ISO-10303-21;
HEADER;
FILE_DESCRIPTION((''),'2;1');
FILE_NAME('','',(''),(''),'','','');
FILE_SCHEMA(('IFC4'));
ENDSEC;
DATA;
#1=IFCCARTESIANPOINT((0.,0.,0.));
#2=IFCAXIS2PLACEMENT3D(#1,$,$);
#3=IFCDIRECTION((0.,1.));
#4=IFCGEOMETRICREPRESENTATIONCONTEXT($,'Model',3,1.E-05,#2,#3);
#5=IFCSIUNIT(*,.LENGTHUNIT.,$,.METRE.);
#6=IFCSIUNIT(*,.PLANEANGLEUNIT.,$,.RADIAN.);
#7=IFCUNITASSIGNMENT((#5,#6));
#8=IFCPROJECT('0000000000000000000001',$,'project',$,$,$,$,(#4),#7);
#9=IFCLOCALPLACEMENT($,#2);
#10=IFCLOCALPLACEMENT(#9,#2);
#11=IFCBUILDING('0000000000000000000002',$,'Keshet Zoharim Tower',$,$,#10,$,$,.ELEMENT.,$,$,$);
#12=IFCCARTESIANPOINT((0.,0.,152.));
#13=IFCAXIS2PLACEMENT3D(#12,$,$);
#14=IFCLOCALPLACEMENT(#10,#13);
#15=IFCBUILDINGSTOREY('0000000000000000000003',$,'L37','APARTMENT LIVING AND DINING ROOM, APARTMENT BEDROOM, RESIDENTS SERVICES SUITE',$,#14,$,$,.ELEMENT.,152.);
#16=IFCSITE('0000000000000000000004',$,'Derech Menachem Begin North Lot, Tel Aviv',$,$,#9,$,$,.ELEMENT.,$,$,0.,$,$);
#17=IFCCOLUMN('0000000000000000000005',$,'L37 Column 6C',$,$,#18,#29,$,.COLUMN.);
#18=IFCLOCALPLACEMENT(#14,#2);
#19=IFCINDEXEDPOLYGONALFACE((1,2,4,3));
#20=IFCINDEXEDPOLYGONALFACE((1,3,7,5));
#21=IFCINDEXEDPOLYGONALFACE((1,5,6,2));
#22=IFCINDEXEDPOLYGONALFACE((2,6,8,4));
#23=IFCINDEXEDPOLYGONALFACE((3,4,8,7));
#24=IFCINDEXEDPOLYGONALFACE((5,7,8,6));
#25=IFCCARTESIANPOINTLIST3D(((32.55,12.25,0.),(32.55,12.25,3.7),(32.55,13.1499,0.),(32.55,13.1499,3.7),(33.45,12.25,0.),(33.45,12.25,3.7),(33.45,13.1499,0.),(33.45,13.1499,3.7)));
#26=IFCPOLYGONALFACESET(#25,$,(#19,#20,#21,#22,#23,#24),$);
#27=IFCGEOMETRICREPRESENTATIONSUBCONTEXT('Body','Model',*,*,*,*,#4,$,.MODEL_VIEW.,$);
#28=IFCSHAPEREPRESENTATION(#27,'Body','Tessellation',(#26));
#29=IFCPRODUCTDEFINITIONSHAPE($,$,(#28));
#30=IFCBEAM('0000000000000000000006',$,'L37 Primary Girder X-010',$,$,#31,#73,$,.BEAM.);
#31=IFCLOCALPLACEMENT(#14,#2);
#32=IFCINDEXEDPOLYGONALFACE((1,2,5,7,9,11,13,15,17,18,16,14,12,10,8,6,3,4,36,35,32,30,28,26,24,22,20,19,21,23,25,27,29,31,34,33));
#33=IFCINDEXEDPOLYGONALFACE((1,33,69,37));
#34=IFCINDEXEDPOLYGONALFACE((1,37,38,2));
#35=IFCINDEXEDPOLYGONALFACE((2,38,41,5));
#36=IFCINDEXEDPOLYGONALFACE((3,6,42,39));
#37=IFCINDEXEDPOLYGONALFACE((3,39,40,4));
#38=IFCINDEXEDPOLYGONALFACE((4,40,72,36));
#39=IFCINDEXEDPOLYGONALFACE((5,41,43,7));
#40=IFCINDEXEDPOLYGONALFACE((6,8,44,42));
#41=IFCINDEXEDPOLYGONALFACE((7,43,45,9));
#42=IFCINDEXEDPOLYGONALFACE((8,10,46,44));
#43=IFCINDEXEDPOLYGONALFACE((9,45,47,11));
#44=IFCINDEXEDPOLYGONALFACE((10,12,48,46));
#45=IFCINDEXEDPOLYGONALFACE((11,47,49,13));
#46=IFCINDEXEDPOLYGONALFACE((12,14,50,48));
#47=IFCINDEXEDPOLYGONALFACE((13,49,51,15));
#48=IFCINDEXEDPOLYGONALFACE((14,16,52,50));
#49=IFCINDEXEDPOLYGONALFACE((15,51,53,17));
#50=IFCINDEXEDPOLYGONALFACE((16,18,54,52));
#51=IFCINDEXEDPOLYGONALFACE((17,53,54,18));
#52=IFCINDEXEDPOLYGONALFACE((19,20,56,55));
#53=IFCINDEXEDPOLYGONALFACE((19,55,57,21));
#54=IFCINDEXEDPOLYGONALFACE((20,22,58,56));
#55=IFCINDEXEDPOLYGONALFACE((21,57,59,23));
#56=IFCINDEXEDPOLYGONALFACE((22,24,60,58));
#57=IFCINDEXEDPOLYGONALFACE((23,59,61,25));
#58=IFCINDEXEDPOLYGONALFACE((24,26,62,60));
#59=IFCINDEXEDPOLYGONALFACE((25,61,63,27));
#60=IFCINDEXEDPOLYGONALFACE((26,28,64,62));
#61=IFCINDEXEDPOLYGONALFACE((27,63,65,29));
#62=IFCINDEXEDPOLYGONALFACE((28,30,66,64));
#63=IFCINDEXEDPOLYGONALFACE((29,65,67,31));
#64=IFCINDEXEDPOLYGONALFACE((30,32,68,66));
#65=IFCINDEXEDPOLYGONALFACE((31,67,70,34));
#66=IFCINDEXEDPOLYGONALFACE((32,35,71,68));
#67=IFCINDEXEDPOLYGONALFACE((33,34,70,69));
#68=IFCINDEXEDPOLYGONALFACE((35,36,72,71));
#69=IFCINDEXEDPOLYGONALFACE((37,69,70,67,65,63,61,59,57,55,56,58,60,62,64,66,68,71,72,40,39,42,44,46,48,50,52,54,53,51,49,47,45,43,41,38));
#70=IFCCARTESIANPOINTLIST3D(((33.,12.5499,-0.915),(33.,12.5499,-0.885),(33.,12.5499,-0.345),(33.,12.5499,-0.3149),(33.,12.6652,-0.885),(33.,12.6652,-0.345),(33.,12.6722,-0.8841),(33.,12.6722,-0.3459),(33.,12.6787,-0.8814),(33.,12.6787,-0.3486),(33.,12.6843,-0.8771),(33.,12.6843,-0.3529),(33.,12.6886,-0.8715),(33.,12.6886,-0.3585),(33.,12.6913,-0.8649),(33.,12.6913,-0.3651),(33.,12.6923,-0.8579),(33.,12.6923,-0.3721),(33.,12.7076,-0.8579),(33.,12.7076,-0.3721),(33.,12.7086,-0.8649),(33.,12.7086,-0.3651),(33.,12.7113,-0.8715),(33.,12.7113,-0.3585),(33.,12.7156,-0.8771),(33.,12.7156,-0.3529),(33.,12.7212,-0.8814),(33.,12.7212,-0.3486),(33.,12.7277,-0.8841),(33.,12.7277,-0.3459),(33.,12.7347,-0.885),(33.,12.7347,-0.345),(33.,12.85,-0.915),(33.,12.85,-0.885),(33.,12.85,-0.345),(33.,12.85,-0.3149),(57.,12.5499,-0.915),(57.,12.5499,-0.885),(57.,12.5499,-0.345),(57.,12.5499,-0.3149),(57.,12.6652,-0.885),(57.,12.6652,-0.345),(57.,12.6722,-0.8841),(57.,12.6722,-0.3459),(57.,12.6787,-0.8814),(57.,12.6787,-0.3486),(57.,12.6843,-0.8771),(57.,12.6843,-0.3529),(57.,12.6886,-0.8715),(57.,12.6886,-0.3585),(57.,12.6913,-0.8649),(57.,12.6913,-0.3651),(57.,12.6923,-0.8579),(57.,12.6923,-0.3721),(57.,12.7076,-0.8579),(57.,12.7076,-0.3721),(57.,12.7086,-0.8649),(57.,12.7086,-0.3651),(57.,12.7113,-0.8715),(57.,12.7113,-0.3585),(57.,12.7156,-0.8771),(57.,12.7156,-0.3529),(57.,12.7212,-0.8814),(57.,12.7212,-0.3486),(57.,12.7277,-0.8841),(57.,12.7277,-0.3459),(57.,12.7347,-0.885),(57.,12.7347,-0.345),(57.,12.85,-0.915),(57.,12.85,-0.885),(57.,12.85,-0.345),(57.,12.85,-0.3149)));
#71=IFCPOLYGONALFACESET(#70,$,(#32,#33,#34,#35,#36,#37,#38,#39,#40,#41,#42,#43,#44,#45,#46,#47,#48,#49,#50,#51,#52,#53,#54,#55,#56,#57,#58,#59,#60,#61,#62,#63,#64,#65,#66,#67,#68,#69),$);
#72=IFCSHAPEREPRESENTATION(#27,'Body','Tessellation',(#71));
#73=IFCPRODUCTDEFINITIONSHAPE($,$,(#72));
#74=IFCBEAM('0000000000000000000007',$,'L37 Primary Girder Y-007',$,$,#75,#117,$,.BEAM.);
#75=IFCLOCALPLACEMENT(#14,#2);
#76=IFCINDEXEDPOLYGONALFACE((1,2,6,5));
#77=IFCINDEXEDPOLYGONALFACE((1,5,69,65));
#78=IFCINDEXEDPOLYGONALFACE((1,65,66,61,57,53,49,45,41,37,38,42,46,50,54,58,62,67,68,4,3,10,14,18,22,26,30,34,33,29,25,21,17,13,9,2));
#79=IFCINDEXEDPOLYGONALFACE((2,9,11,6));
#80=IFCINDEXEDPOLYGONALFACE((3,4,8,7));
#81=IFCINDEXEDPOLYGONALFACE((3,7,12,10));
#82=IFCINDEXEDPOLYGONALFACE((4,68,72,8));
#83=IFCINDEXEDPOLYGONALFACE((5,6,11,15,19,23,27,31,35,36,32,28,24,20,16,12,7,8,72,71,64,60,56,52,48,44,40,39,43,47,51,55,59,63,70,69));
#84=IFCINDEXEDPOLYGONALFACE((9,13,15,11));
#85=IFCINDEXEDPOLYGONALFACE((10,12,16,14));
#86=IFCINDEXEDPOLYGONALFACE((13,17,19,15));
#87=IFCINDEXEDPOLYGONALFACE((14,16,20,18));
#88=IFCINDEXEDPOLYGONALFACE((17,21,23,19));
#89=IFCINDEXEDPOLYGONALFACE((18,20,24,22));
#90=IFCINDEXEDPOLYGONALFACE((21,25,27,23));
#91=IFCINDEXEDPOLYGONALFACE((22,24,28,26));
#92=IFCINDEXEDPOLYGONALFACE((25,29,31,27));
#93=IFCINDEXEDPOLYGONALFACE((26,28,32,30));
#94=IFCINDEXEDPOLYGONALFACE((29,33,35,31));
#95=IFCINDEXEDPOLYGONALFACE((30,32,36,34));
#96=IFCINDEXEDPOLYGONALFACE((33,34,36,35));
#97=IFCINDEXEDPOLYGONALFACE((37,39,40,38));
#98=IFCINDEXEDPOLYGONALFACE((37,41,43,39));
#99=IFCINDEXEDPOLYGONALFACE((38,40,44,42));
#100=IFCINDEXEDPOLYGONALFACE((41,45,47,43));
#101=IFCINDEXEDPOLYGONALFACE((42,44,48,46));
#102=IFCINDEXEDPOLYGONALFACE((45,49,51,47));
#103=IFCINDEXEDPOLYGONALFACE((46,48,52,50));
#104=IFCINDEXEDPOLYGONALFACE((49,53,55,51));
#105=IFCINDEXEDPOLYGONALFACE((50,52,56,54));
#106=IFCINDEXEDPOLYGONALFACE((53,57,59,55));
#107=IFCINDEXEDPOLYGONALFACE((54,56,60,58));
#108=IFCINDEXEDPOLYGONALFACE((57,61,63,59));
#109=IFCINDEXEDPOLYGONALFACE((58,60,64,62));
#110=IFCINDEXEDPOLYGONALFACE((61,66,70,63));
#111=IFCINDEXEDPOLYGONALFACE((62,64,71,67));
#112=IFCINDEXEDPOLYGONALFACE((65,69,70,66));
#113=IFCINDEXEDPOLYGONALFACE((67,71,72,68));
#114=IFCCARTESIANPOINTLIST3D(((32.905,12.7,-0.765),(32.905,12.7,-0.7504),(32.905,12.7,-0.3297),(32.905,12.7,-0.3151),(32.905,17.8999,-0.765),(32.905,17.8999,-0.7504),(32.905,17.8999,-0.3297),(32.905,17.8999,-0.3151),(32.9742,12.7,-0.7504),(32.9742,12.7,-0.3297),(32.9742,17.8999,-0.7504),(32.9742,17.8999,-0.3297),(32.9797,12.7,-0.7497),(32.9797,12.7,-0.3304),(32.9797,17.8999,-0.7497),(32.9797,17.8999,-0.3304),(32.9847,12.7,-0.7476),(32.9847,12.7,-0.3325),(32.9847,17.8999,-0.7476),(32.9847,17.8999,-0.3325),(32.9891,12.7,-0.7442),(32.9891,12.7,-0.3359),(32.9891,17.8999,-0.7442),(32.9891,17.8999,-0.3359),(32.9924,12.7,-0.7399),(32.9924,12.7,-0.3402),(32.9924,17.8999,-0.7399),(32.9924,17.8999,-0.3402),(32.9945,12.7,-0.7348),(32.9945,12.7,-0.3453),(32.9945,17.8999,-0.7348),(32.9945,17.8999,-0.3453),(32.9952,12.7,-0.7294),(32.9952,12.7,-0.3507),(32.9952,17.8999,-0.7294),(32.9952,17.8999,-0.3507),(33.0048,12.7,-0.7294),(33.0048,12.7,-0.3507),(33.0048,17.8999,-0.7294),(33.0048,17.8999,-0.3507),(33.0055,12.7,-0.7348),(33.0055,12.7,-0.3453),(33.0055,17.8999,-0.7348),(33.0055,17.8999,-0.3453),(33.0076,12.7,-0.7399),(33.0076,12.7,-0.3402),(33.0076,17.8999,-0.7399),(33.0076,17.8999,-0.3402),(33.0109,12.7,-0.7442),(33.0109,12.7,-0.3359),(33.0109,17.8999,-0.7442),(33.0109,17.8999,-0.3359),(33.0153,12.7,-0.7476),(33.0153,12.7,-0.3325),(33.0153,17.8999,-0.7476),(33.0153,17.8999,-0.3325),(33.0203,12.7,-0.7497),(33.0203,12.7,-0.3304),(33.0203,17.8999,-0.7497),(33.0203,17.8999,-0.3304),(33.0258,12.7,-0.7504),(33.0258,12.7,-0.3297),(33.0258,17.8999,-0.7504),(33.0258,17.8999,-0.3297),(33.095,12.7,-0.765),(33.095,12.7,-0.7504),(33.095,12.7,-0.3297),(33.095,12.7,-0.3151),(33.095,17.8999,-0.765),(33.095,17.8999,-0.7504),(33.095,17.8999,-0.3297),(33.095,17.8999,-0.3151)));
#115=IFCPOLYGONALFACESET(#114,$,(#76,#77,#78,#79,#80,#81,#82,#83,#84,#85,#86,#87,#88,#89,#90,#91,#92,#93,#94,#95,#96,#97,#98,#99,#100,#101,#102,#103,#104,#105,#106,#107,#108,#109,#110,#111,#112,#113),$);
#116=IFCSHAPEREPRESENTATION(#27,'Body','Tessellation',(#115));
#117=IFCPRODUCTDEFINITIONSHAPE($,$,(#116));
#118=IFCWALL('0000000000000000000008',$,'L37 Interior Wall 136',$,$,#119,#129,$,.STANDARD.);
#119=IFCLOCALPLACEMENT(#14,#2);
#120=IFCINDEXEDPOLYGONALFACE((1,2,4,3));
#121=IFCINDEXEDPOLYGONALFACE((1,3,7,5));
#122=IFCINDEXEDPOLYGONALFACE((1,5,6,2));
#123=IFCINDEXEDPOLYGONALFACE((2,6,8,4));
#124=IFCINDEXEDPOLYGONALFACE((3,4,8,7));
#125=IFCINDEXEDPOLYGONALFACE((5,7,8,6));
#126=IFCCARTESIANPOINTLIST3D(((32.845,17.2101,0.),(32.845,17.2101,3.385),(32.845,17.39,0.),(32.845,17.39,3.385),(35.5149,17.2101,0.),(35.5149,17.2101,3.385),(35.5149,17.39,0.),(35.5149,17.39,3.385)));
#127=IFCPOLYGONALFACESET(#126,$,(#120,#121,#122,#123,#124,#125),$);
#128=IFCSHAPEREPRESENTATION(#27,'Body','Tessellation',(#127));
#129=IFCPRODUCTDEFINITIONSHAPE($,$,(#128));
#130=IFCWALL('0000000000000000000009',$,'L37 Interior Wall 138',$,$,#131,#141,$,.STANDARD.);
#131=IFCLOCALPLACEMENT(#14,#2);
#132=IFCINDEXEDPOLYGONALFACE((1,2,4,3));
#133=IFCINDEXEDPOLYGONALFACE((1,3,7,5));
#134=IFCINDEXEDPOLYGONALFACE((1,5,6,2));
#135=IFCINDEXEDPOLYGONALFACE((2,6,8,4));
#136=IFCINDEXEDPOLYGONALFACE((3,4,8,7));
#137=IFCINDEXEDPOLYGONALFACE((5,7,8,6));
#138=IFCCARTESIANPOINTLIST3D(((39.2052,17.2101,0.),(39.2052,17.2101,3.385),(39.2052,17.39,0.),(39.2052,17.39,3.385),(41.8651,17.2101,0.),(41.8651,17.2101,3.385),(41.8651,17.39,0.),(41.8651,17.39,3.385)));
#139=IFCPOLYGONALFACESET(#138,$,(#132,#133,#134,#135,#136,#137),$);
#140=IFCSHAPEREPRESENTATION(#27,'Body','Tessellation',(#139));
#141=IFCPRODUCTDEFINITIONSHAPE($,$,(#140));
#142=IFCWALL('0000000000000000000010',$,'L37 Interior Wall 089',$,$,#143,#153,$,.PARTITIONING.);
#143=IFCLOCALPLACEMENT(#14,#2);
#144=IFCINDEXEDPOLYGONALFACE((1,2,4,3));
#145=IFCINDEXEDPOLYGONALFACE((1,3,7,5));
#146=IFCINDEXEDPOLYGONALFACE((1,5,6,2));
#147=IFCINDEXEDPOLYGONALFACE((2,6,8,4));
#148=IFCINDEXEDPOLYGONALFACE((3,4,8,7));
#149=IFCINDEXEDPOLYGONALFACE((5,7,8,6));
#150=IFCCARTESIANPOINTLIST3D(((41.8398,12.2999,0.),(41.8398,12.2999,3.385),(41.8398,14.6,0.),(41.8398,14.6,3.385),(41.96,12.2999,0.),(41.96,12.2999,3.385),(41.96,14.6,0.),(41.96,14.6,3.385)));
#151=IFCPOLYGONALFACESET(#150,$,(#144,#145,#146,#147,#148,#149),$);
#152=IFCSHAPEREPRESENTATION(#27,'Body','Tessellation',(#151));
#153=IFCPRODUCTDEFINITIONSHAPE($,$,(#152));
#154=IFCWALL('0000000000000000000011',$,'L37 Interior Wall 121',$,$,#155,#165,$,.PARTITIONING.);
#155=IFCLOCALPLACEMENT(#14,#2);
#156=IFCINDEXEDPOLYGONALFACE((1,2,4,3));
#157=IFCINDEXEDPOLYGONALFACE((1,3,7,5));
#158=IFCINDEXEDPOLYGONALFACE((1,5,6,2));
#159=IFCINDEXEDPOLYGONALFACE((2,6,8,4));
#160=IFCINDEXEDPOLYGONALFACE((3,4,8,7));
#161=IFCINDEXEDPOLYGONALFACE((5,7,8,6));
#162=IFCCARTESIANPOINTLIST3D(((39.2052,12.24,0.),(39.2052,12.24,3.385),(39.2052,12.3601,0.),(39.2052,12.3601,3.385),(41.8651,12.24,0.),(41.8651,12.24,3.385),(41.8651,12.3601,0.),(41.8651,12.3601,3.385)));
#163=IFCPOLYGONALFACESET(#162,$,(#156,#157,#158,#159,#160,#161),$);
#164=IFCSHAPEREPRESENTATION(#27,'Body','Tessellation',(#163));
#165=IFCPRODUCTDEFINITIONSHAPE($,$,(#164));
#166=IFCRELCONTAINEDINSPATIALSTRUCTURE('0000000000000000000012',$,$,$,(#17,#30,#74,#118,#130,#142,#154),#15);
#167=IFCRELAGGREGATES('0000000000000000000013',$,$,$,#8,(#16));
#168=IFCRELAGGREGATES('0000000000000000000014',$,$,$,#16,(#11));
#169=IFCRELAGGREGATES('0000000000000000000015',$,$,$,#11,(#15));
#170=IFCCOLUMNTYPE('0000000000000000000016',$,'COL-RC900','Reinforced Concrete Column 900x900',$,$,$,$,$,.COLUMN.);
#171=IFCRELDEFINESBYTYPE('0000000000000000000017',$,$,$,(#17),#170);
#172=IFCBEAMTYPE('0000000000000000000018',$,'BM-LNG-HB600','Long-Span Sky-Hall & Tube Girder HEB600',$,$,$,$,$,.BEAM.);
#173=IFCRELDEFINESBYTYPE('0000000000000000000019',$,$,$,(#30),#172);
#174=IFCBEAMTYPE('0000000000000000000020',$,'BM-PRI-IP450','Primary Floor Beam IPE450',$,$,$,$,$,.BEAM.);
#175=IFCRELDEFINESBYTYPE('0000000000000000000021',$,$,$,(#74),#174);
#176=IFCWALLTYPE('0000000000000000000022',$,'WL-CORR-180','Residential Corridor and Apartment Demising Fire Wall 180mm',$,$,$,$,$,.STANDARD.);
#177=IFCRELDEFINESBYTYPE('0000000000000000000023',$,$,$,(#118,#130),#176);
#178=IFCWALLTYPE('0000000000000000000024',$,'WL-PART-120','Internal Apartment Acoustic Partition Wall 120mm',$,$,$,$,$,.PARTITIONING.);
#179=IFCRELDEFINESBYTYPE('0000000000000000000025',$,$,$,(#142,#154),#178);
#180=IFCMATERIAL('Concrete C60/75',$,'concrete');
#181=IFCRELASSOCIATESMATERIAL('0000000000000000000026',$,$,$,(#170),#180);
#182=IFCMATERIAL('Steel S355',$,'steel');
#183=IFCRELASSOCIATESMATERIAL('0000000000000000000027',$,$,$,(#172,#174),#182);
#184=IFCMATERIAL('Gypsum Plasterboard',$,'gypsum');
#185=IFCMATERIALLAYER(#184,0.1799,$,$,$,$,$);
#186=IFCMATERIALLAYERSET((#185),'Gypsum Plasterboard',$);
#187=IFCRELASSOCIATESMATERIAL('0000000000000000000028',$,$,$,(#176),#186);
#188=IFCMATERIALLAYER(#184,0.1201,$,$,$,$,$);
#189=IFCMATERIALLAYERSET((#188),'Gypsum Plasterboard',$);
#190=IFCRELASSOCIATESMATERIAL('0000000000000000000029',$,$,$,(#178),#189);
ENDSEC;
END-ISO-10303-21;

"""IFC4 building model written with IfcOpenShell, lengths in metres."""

from ifc_helpers import new_model, si_unit, direction, frame, frame_2d, origin, origin_2d, place, context, subcontext, project, spatial, rectangle, i_section, extrude, material, layer, layer_set, material_profile, profile_set, type_object, element, save


model = new_model("IFC4")

# Units and contexts
model_context = context("Model", 3, precision=1e-05, world=origin(), true_north=direction((0.0, 1.0)))
body_context = subcontext(model_context, "Body", "Model", "MODEL_VIEW")
ifc_project = project(units=[si_unit("LENGTHUNIT", "METRE"), si_unit("PLANEANGLEUNIT", "RADIAN")], contexts=[model_context])

# Site, building, storey
site_placement = place(None, origin())
site = spatial("IfcSite", under=ifc_project, at=site_placement, Name="Derech Menachem Begin North Lot, Tel Aviv", CompositionType="ELEMENT", RefElevation=0.0)
building_placement = place(site_placement, origin())
building = spatial("IfcBuilding", under=site, at=building_placement, Name="Keshet Zoharim Tower", CompositionType="ELEMENT")
storey_placement = place(building_placement, frame((0.0, 0.0, 152.0)))
storey = spatial("IfcBuildingStorey", under=building, at=storey_placement, Name="L37", Description="APARTMENT LIVING AND DINING ROOM, APARTMENT BEDROOM, RESIDENTS SERVICES SUITE", CompositionType="ELEMENT", Elevation=152.0)

# Column
ifc_material_1 = material(Name="Concrete C60/75", Category="concrete")
ifc_material_profile_1 = material_profile(ifc_material_1, rectangle(XDim=0.8999, YDim=0.8999, at=origin_2d()), Name="RC900x900")
ifc_profile_set_1 = profile_set([ifc_material_profile_1], Name="Concrete C60/75")
column_type = type_object("IfcColumnType", Name="COL-RC900", Description="Reinforced Concrete Column 900x900", PredefinedType="COLUMN", material=ifc_profile_set_1)
column_placement = place(storey_placement, frame((33.0, 12.7, 0.0), z_axis=(0.0, 0.0, 1.0), x_axis=(1.0, 0.0, 0.0)))
element("IfcColumn", 1, at=column_placement, inside=storey, type_object=column_type, Name="L37 Column 6C", PredefinedType="COLUMN", context=body_context, shape_type="SweptSolid", body=[
    extrude(rectangle(XDim=0.8999, YDim=0.8999, at=origin_2d()), origin(), (0.0, 0.0, 1.0), 3.7),
])

# Beams
ifc_material_2 = material(Name="Steel S355", Category="steel")
ifc_material_profile_2 = material_profile(ifc_material_2, i_section(OverallWidth=0.3, OverallDepth=0.6001, WebThickness=0.0154, FlangeThickness=0.03, FilletRadius=0.0271, at=origin_2d()), Name="HEB600")
ifc_profile_set_2 = profile_set([ifc_material_profile_2], Name="Steel S355")
beam_type_1 = type_object("IfcBeamType", Name="BM-LNG-HB600", Description="Long-Span Sky-Hall & Tube Girder HEB600", PredefinedType="BEAM", material=ifc_profile_set_2)
beam_1_placement = place(storey_placement, frame((33.0, 12.7, -0.615), z_axis=(1.0, 0.0, 0.0), x_axis=(0.0, 1.0, 0.0)))
element("IfcBeam", 2, at=beam_1_placement, inside=storey, type_object=beam_type_1, Name="L37 Primary Girder X-010", PredefinedType="BEAM", context=body_context, shape_type="SweptSolid", body=[
    extrude(i_section(OverallWidth=0.3, OverallDepth=0.6001, WebThickness=0.0154, FlangeThickness=0.03, FilletRadius=0.0271, at=origin_2d()), origin(), (0.0, 0.0, 1.0), 24.0),
])
ifc_material_profile_3 = material_profile(ifc_material_2, i_section(OverallWidth=0.1899, OverallDepth=0.45, WebThickness=0.0095, FlangeThickness=0.0146, FilletRadius=0.021, at=origin_2d()), Name="IPE450")
ifc_profile_set_3 = profile_set([ifc_material_profile_3], Name="Steel S355")
beam_type_2 = type_object("IfcBeamType", Name="BM-PRI-IP450", Description="Primary Floor Beam IPE450", PredefinedType="BEAM", material=ifc_profile_set_3)
beam_2_placement = place(storey_placement, frame((33.0, 12.7, -0.54), z_axis=(0.0, 1.0, 0.0), x_axis=(-1.0, 0.0, 0.0)))
element("IfcBeam", 3, at=beam_2_placement, inside=storey, type_object=beam_type_2, Name="L37 Primary Girder Y-007", PredefinedType="BEAM", context=body_context, shape_type="SweptSolid", body=[
    extrude(i_section(OverallWidth=0.1899, OverallDepth=0.45, WebThickness=0.0095, FlangeThickness=0.0146, FilletRadius=0.021, at=origin_2d()), origin(), (0.0, 0.0, 1.0), 5.2),
])

# Shared definitions
ifc_material_3 = material(Name="Gypsum Plasterboard", Category="gypsum")
ifc_layer_1 = layer(ifc_material_3, 0.1799)
ifc_layer_set_1 = layer_set([ifc_layer_1], Name="Gypsum Plasterboard")
wall_type_1 = type_object("IfcWallType", Name="WL-CORR-180", Description="Residential Corridor and Apartment Demising Fire Wall 180mm", PredefinedType="STANDARD", material=ifc_layer_set_1)

# Wall
wall_1_placement = place(storey_placement, frame((32.845, 17.3, 0.0), z_axis=(0.0, 0.0, 1.0), x_axis=(1.0, 0.0, 0.0)))
element("IfcWall", 4, at=wall_1_placement, inside=storey, type_object=wall_type_1, Name="L37 Interior Wall 136", PredefinedType="STANDARD", context=body_context, shape_type="SweptSolid", body=[
    extrude(rectangle(XDim=2.6699, YDim=0.1799, at=frame_2d((1.335, 0.0))), origin(), (0.0, 0.0, 1.0), 3.385),
])

# Walls
wall_2_placement = place(storey_placement, frame((39.2051, 17.3, 0.0), z_axis=(0.0, 0.0, 1.0), x_axis=(1.0, 0.0, 0.0)))
element("IfcWall", 5, at=wall_2_placement, inside=storey, type_object=wall_type_1, Name="L37 Interior Wall 138", PredefinedType="STANDARD", context=body_context, shape_type="SweptSolid", body=[
    extrude(rectangle(XDim=2.6599, YDim=0.1799, at=frame_2d((1.3301, 0.0))), origin(), (0.0, 0.0, 1.0), 3.385),
])
ifc_layer_2 = layer(ifc_material_3, 0.1201)
ifc_layer_set_2 = layer_set([ifc_layer_2], Name="Gypsum Plasterboard")
wall_type_2 = type_object("IfcWallType", Name="WL-PART-120", Description="Internal Apartment Acoustic Partition Wall 120mm", PredefinedType="PARTITIONING", material=ifc_layer_set_2)
wall_3_placement = place(storey_placement, frame((41.8999, 12.3, 0.0), z_axis=(0.0, 0.0, 1.0), x_axis=(0.0, 1.0, 0.0)))
element("IfcWall", 6, at=wall_3_placement, inside=storey, type_object=wall_type_2, Name="L37 Interior Wall 089", PredefinedType="PARTITIONING", context=body_context, shape_type="SweptSolid", body=[
    extrude(rectangle(XDim=2.3, YDim=0.1201, at=frame_2d((1.1499, 0.0))), origin(), (0.0, 0.0, 1.0), 3.385),
])
wall_4_placement = place(storey_placement, frame((39.2051, 12.3, 0.0), z_axis=(0.0, 0.0, 1.0), x_axis=(1.0, 0.0, 0.0)))
element("IfcWall", 7, at=wall_4_placement, inside=storey, type_object=wall_type_2, Name="L37 Interior Wall 121", PredefinedType="PARTITIONING", context=body_context, shape_type="SweptSolid", body=[
    extrude(rectangle(XDim=2.6599, YDim=0.1201, at=frame_2d((1.3301, 0.0))), origin(), (0.0, 0.0, 1.0), 3.385),
])

save(model, "model.ifc")
